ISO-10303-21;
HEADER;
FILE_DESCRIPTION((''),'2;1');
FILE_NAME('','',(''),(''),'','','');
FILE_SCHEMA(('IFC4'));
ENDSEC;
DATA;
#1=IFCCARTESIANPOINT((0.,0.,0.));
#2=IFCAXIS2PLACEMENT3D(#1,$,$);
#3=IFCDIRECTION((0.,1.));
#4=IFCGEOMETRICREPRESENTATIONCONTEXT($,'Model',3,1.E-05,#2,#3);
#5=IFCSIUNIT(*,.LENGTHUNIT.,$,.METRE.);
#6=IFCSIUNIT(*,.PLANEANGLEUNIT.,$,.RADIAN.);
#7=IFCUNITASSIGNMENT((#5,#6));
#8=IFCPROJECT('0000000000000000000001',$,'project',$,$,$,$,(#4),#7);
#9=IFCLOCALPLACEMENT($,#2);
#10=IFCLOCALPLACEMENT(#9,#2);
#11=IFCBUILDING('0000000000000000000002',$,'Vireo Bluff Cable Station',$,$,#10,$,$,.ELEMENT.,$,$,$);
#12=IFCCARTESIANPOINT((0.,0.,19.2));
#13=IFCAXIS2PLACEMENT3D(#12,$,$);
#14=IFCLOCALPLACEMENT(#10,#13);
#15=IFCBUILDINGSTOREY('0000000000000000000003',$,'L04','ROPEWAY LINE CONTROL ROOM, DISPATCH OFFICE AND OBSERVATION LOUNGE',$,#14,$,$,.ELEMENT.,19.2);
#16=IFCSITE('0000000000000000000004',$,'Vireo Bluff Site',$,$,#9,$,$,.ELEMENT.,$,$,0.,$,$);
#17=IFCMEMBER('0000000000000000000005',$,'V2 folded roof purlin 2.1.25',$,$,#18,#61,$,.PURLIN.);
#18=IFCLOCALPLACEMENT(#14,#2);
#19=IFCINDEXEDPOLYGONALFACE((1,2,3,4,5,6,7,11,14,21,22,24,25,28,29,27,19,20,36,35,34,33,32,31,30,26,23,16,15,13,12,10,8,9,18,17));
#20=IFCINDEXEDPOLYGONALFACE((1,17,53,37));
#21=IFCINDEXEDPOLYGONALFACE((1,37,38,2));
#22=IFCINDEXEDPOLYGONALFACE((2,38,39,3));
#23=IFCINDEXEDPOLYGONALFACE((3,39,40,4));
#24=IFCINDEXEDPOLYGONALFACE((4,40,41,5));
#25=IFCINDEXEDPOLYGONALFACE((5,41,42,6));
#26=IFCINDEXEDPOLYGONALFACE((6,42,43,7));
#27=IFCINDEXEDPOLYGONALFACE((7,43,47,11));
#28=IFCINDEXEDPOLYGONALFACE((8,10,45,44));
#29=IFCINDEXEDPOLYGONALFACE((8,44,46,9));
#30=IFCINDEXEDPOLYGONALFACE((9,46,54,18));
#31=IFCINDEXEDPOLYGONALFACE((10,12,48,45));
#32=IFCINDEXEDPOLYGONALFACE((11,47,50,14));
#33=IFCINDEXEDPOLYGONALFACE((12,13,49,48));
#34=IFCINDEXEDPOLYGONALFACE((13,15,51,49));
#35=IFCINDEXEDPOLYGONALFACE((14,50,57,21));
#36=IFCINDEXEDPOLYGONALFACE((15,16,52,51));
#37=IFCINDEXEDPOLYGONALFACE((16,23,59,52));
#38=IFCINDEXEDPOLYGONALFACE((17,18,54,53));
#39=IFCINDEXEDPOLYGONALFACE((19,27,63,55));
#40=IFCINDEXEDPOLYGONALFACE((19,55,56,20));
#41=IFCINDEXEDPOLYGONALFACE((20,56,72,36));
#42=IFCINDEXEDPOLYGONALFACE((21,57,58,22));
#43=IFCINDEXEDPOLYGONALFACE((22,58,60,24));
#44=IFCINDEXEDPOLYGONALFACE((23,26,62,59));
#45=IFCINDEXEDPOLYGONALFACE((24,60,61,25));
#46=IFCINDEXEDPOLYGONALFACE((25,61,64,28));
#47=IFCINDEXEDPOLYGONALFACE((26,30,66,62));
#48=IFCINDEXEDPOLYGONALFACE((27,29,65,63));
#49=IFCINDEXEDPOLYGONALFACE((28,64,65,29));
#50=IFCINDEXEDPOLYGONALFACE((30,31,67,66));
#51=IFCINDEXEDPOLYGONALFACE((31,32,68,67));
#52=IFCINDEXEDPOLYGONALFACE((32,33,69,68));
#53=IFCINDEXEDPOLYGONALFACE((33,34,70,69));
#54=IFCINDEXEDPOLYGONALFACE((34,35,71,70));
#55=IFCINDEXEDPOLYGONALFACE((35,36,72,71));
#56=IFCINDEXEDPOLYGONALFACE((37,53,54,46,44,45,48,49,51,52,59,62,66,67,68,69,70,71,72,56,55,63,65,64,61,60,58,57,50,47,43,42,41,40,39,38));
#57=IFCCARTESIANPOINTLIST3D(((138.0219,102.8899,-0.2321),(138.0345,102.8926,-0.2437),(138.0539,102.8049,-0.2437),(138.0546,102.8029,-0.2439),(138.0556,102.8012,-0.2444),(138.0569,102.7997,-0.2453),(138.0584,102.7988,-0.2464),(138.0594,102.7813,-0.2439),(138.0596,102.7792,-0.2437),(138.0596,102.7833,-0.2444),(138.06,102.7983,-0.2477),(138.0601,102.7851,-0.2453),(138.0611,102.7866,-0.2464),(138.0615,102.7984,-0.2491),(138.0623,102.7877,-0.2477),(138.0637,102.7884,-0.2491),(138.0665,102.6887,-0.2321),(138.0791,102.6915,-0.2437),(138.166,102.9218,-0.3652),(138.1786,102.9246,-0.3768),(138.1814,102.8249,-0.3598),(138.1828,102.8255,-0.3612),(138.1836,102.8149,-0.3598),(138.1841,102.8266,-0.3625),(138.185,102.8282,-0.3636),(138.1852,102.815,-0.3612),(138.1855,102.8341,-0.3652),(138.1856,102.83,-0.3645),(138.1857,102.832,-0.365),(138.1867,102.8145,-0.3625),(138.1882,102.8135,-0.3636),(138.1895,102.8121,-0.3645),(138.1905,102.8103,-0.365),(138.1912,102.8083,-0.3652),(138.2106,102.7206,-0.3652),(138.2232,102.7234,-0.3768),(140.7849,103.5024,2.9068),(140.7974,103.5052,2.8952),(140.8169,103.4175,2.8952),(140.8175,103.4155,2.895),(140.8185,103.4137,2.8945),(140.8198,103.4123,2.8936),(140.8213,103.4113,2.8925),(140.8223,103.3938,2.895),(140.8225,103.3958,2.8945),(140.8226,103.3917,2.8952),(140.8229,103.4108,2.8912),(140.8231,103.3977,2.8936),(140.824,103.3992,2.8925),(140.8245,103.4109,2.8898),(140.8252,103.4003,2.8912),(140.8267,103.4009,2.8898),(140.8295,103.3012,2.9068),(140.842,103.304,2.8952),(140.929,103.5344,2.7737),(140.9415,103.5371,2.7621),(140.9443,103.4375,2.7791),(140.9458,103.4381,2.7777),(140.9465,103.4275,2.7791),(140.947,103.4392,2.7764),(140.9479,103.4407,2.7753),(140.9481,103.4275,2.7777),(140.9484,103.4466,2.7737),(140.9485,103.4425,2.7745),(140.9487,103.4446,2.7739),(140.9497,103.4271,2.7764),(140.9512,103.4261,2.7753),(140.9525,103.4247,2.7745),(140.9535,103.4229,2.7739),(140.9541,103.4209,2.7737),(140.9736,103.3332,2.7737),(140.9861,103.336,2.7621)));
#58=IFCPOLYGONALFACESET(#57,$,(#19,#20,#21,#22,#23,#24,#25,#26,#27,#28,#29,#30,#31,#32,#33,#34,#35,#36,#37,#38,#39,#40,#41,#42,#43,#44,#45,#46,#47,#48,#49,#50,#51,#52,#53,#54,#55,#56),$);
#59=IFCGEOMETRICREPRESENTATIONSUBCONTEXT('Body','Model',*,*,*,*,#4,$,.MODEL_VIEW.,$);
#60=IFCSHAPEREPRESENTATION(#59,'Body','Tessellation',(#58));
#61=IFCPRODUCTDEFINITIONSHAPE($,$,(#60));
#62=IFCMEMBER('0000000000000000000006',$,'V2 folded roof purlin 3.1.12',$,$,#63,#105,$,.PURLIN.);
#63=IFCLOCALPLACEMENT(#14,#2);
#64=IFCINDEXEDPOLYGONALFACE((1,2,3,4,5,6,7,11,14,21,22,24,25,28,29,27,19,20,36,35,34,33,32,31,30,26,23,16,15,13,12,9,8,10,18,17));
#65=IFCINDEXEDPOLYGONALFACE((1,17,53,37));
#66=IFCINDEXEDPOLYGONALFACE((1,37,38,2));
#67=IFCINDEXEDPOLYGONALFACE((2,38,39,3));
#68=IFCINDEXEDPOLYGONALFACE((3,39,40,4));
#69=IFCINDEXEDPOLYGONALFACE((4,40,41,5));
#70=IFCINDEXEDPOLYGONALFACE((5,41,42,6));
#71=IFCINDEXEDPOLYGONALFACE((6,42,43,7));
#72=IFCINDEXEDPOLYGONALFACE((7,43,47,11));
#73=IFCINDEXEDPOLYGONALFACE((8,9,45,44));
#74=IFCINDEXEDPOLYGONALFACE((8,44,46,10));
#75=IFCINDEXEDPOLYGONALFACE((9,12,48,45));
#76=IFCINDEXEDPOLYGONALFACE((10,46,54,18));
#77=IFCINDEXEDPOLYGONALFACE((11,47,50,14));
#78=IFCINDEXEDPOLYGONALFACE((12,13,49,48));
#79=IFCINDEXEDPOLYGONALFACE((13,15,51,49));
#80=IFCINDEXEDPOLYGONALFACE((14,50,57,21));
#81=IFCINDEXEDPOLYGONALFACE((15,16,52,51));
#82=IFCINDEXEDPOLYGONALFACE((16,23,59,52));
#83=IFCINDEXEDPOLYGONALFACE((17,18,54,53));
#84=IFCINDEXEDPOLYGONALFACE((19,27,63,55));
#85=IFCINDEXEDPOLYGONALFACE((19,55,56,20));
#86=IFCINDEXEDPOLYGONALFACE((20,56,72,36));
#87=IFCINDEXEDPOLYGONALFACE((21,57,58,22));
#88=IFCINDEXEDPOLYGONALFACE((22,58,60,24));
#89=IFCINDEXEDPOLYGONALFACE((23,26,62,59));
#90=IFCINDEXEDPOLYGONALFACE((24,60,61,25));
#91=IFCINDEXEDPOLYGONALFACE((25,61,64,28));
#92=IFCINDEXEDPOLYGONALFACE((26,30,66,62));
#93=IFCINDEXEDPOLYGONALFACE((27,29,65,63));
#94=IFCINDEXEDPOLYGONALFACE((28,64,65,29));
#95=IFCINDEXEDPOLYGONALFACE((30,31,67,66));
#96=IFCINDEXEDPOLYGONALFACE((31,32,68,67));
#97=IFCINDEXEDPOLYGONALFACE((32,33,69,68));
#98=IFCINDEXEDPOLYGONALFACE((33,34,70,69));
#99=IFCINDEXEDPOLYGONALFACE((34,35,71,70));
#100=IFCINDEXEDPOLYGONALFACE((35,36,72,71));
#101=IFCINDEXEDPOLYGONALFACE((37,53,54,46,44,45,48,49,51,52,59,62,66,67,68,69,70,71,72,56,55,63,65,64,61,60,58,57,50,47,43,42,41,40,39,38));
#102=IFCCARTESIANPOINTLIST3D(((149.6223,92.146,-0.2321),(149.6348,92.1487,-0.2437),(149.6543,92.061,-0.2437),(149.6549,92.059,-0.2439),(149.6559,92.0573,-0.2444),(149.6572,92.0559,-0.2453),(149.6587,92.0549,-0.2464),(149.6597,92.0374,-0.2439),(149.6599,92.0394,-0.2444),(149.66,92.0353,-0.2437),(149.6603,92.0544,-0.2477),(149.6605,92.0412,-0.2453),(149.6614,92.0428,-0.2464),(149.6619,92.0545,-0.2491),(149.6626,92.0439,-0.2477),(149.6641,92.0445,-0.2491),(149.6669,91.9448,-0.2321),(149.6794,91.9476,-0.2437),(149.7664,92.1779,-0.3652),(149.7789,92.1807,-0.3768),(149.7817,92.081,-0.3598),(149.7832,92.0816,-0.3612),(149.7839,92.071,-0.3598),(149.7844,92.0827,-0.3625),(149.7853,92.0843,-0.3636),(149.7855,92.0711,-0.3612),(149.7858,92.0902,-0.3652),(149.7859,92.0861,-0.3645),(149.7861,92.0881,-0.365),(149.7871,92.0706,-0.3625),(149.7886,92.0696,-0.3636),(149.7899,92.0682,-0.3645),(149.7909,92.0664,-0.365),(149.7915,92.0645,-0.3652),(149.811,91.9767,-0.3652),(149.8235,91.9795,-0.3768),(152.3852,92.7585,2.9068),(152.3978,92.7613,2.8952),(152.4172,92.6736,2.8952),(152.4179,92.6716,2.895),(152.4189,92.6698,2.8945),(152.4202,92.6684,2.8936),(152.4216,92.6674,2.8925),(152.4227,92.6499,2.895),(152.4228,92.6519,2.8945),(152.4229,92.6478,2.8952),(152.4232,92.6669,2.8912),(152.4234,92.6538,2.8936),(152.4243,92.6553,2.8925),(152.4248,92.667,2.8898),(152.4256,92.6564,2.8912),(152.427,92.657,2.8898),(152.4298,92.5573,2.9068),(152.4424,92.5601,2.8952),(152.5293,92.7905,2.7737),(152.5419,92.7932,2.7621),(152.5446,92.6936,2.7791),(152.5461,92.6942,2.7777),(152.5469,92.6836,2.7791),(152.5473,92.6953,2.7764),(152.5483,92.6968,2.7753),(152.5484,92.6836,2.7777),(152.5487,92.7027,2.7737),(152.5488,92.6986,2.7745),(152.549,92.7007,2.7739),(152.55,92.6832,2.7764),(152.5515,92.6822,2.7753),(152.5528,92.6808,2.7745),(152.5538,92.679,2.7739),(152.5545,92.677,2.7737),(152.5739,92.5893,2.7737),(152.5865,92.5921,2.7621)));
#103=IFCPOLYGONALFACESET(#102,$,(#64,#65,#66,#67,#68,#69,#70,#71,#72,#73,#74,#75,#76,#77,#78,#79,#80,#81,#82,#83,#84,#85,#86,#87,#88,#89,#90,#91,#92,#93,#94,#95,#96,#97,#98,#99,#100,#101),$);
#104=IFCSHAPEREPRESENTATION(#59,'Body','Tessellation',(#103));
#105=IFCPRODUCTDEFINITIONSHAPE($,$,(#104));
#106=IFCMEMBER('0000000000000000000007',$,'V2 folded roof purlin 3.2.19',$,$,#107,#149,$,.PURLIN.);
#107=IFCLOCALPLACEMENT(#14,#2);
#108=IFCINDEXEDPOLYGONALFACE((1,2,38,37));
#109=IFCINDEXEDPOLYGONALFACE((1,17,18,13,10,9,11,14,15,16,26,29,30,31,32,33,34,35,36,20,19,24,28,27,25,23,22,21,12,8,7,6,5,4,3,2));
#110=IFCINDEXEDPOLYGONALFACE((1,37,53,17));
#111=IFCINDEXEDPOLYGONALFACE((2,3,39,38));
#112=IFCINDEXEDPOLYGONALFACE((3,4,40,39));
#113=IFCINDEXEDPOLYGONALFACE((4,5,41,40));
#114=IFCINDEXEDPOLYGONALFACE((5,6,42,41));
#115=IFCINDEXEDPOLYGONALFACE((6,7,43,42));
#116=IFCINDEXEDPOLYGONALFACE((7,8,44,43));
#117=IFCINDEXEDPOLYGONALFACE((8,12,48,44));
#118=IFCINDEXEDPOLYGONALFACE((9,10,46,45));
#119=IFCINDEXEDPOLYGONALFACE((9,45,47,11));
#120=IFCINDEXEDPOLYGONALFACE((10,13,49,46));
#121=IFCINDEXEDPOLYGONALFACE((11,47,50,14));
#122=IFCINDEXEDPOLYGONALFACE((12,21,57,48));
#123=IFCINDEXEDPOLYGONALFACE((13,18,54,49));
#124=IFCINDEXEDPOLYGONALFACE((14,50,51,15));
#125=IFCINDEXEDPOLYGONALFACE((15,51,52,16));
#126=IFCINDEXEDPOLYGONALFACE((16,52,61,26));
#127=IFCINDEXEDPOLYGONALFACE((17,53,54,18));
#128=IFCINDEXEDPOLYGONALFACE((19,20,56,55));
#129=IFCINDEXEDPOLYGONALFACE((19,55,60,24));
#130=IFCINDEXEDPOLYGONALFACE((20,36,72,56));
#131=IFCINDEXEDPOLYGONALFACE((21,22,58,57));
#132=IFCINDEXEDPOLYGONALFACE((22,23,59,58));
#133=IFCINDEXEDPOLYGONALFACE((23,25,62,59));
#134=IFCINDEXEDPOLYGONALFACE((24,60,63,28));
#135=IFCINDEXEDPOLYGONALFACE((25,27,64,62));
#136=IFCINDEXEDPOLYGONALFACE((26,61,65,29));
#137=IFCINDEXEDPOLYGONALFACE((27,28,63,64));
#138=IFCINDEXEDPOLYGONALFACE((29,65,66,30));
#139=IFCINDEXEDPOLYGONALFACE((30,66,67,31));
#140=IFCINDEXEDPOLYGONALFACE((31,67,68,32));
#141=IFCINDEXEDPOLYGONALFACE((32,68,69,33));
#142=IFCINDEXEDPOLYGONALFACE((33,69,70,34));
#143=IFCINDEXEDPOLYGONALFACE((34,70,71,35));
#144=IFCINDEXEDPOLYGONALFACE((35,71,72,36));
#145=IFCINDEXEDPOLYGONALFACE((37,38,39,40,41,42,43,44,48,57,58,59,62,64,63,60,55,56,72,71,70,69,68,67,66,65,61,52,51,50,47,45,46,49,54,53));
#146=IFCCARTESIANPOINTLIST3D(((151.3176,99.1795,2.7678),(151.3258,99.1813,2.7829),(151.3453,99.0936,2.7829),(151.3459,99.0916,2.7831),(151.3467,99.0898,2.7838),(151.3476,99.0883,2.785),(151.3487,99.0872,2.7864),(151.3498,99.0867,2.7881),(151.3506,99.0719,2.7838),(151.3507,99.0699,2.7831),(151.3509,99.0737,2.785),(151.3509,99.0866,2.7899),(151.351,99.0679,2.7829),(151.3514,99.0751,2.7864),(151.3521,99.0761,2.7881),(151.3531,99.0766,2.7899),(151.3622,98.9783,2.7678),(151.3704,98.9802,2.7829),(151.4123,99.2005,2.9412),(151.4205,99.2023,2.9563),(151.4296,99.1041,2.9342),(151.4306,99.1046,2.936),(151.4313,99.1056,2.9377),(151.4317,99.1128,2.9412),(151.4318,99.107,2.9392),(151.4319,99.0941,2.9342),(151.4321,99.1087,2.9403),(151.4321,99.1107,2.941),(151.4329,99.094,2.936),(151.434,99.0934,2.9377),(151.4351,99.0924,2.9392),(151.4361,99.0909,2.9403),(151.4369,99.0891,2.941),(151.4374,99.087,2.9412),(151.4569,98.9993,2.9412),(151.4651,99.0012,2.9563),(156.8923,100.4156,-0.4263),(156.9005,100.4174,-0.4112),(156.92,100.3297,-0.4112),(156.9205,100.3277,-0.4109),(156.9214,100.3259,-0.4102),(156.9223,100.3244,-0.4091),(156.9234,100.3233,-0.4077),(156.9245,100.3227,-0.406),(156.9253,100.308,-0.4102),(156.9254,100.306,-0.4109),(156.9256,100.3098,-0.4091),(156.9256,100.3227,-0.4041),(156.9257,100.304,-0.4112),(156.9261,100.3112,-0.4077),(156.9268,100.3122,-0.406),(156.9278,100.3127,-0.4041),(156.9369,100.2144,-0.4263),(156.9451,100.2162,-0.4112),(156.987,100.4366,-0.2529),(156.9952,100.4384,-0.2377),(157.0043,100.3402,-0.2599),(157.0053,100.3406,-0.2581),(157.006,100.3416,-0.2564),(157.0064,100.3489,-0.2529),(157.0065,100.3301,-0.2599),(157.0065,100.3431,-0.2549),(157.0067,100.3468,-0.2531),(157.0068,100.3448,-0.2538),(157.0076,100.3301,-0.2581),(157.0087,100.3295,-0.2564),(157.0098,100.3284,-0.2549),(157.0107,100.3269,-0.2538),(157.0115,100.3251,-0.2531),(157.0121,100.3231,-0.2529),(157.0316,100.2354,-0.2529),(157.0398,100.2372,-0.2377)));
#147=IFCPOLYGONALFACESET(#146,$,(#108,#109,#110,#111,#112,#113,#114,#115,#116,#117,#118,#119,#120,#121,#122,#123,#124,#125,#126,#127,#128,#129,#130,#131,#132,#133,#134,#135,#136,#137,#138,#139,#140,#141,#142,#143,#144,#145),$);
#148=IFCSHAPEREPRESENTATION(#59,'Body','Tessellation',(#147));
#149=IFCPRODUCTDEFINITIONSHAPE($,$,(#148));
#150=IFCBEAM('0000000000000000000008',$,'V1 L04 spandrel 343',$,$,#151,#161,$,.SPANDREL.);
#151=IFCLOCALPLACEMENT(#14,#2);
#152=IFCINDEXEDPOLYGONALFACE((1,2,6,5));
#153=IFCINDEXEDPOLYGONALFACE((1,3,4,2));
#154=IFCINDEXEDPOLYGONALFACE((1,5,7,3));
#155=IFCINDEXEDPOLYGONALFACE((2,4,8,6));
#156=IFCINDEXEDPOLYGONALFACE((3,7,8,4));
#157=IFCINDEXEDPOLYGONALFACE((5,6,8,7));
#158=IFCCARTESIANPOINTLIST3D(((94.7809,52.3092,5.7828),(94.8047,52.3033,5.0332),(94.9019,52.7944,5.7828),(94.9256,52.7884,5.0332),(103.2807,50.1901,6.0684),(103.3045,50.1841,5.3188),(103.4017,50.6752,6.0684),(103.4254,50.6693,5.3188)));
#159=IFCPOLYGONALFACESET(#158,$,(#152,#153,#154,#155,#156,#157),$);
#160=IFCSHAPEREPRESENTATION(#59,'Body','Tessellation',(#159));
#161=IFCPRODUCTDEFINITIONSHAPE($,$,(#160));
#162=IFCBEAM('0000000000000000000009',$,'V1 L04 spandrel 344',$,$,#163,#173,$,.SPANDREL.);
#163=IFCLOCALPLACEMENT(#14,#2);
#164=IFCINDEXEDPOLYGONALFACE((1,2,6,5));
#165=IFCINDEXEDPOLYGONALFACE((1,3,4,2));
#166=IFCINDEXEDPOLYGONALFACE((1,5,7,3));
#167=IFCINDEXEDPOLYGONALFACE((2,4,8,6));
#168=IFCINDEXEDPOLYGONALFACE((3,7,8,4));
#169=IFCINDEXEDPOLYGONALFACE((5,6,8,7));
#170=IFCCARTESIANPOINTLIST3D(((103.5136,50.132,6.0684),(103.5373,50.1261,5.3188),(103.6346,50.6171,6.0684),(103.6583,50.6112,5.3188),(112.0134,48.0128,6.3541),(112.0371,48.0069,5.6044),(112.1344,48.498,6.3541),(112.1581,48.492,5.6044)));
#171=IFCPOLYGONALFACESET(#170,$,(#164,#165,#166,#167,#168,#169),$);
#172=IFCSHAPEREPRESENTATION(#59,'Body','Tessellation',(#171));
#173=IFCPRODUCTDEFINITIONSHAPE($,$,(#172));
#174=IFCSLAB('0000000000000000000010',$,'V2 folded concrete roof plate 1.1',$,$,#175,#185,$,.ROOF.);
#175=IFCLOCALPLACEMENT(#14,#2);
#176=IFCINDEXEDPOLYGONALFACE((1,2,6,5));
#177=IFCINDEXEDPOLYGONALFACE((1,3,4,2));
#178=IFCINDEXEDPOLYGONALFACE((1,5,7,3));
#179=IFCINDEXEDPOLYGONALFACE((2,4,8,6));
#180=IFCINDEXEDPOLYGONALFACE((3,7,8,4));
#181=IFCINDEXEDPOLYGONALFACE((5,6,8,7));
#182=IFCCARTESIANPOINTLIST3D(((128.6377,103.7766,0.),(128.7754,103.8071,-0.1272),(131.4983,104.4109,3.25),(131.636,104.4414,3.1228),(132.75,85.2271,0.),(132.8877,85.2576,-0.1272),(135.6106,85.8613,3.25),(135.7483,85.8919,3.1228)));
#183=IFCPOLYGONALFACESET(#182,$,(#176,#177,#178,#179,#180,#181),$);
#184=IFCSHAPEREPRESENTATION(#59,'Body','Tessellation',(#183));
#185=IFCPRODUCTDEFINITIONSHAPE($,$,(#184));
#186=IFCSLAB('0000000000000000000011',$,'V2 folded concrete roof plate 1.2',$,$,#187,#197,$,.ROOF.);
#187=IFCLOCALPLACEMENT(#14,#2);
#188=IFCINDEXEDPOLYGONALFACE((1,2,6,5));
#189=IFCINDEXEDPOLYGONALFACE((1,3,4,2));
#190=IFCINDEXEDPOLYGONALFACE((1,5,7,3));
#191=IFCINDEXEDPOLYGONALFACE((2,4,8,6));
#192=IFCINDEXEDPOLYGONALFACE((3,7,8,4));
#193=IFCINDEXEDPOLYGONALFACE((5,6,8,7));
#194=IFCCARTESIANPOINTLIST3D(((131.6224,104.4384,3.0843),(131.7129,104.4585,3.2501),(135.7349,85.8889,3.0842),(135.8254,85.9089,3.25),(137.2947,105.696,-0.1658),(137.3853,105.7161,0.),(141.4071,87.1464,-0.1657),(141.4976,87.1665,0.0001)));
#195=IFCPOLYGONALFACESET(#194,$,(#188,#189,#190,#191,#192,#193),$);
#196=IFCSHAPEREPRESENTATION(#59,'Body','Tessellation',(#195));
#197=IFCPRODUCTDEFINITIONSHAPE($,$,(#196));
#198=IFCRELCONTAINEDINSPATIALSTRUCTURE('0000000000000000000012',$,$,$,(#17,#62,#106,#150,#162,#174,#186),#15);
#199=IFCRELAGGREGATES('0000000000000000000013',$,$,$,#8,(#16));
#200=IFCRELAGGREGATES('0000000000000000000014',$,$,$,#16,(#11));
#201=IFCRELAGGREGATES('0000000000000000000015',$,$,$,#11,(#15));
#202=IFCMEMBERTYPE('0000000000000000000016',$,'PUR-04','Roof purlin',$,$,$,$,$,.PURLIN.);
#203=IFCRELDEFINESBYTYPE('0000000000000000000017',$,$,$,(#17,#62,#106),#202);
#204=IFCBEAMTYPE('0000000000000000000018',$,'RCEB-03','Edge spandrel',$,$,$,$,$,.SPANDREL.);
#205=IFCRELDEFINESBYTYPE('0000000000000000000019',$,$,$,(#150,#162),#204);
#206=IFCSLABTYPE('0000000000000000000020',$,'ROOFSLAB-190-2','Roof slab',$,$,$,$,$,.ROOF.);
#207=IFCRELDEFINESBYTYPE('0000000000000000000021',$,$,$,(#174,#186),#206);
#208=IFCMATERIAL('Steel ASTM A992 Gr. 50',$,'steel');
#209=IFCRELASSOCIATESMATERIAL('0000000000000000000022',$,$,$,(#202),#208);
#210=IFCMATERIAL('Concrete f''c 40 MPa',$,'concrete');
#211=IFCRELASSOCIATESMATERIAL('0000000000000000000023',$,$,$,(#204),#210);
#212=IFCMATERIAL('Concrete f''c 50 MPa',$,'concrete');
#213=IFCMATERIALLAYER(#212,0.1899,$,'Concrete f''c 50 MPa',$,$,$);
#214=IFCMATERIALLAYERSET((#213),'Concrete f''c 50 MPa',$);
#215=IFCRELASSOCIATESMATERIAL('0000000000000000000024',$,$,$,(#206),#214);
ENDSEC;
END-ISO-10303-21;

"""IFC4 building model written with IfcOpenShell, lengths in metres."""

from ifc_helpers import new_model, si_unit, direction, frame, origin, origin_2d, place, context, subcontext, project, spatial, polyline, rectangle, i_section, outline, extrude, material, layer, layer_set, material_profile, profile_set, type_object, element, save


model = new_model("IFC4")

# Units and contexts
model_context = context("Model", 3, precision=1e-05, world=origin(), true_north=direction((0.0, 1.0)))
body_context = subcontext(model_context, "Body", "Model", "MODEL_VIEW")
ifc_project = project(units=[si_unit("LENGTHUNIT", "METRE"), si_unit("PLANEANGLEUNIT", "RADIAN")], contexts=[model_context])

# Site, building, storey
site_placement = place(None, origin())
site = spatial("IfcSite", under=ifc_project, at=site_placement, Name="Vireo Bluff Site", CompositionType="ELEMENT", RefElevation=0.0)
building_placement = place(site_placement, origin())
building = spatial("IfcBuilding", under=site, at=building_placement, Name="Vireo Bluff Cable Station", CompositionType="ELEMENT")
storey_placement = place(building_placement, frame((0.0, 0.0, 19.2)))
storey = spatial("IfcBuildingStorey", under=building, at=storey_placement, Name="L04", Description="ROPEWAY LINE CONTROL ROOM, DISPATCH OFFICE AND OBSERVATION LOUNGE", CompositionType="ELEMENT", Elevation=19.2)

# Shared definitions
ifc_material_1 = material(Name="Steel ASTM A992 Gr. 50", Category="steel")

# Members
ifc_material_profile_1 = material_profile(ifc_material_1, i_section(OverallWidth=0.2061, OverallDepth=0.2161, WebThickness=0.0103, FlangeThickness=0.0173, FilletRadius=0.0081, at=origin_2d()), Name="W8X48")
ifc_profile_set_1 = profile_set([ifc_material_profile_1], Name="Steel ASTM A992 Gr. 50")
member_type_1 = type_object("IfcMemberType", Name="PUR-04", Description="Roof purlin", PredefinedType="PURLIN", material=ifc_profile_set_1)
for number, where, z_axis, x_axis, name in (
    (1, (138.1226, 102.8066, -0.3044), (0.653745, 0.144936, 0.742705), (-0.216446, 0.976295, 0.0), "V2 folded roof purlin 2.1.25"),
    (2, (149.7229, 92.0627, -0.3044), (0.653745, 0.144936, 0.742705), (-0.216446, 0.976295, 0.0), "V2 folded roof purlin 3.1.12"),
):
    element("IfcMember", number, at=place(storey_placement, frame(where, z_axis=z_axis, x_axis=x_axis)), inside=storey, type_object=member_type_1, Name=name, PredefinedType="PURLIN", context=body_context, shape_type="SweptSolid", body=[
        extrude(i_section(OverallWidth=0.2061, OverallDepth=0.2161, WebThickness=0.0103, FlangeThickness=0.0173, FilletRadius=0.0081, at=origin_2d()), origin(), (0.0, 0.0, 1.0), 4.2263),
    ])
member_1_placement = place(storey_placement, frame((151.3914, 99.0903, 2.8621), z_axis=(0.852044, 0.188924, -0.488188), x_axis=(-0.216473, 0.976289, 0.0)))
element("IfcMember", 3, at=member_1_placement, inside=storey, type_object=member_type_1, Name="V2 folded roof purlin 3.2.19", PredefinedType="PURLIN", context=body_context, shape_type="SweptSolid", body=[
    extrude(i_section(OverallWidth=0.2061, OverallDepth=0.2161, WebThickness=0.0103, FlangeThickness=0.0173, FilletRadius=0.0081, at=origin_2d()), origin(), (0.0, 0.0, 1.0), 6.5427),
])

# Beams
ifc_material_2 = material(Name="Concrete f'c 40 MPa", Category="concrete")
ifc_material_profile_2 = material_profile(ifc_material_2, rectangle(XDim=0.5, YDim=0.75, at=origin_2d()), Name="RC-EB-500X750")
ifc_profile_set_2 = profile_set([ifc_material_profile_2], Name="Concrete f'c 40 MPa")
beam_type = type_object("IfcBeamType", Name="RCEB-03", Description="Edge spandrel", PredefinedType="SPANDREL", material=ifc_profile_set_2)
for number, where, z_axis, x_axis, name in (
    (4, (94.8533, 52.5488, 5.408), (0.969783, -0.241784, 0.032591), (0.241913, 0.970298, 0.0), "V1 L04 spandrel 343"),
    (5, (103.5859, 50.3716, 5.6936), (0.969783, -0.241784, 0.032591), (0.241913, 0.970298, 0.0), "V1 L04 spandrel 344"),
):
    element("IfcBeam", number, at=place(storey_placement, frame(where, z_axis=z_axis, x_axis=x_axis)), inside=storey, type_object=beam_type, Name=name, PredefinedType="SPANDREL", context=body_context, shape_type="SweptSolid", body=[
        extrude(rectangle(XDim=0.5, YDim=0.75, at=origin_2d()), origin(), (0.0, 0.0, 1.0), 8.7646),
    ])

# Slabs
ifc_material_3 = material(Name="Concrete f'c 50 MPa", Category="concrete")
ifc_layer_1 = layer(ifc_material_3, 0.1899, Name="Concrete f'c 50 MPa")
ifc_layer_set_1 = layer_set([ifc_layer_1], Name="Concrete f'c 50 MPa")
slab_type = type_object("IfcSlabType", Name="ROOFSLAB-190-2", Description="Roof slab", PredefinedType="ROOF", material=ifc_layer_set_1)
slab_1_placement = place(storey_placement, frame((132.75, 85.2271, 0.0), z_axis=(-0.725113, -0.160752, 0.669605), x_axis=(0.653728, 0.14495, 0.742718)))
element("IfcSlab", 6, at=slab_1_placement, inside=storey, type_object=slab_type, Name="V2 folded concrete roof plate 1.1", PredefinedType="ROOF", context=body_context, shape_type="SweptSolid", body=[
    extrude(outline(polyline([(0.0, 0.0), (4.3758, 0.0), (4.3763, 18.9999), (0.0004, 18.9999), (0.0, 0.0)])), origin(), (0.0, 0.0, -1.0), 0.1899),
])
slab_2_placement = place(storey_placement, frame((135.8254, 85.9089, 3.25), z_axis=(0.476621, 0.105667, 0.872736), x_axis=(0.852045, 0.188907, -0.488193)))
element("IfcSlab", 7, at=slab_2_placement, inside=storey, type_object=slab_type, Name="V2 folded concrete roof plate 1.2", PredefinedType="ROOF", context=body_context, shape_type="SweptSolid", body=[
    extrude(outline(polyline([(0.0, 0.0), (6.6571, 0.0), (6.6574, 18.9999), (0.0001, 19.0), (0.0, 0.0)])), origin(), (0.0, 0.0, -1.0), 0.1899),
])

save(model, "model.ifc")
